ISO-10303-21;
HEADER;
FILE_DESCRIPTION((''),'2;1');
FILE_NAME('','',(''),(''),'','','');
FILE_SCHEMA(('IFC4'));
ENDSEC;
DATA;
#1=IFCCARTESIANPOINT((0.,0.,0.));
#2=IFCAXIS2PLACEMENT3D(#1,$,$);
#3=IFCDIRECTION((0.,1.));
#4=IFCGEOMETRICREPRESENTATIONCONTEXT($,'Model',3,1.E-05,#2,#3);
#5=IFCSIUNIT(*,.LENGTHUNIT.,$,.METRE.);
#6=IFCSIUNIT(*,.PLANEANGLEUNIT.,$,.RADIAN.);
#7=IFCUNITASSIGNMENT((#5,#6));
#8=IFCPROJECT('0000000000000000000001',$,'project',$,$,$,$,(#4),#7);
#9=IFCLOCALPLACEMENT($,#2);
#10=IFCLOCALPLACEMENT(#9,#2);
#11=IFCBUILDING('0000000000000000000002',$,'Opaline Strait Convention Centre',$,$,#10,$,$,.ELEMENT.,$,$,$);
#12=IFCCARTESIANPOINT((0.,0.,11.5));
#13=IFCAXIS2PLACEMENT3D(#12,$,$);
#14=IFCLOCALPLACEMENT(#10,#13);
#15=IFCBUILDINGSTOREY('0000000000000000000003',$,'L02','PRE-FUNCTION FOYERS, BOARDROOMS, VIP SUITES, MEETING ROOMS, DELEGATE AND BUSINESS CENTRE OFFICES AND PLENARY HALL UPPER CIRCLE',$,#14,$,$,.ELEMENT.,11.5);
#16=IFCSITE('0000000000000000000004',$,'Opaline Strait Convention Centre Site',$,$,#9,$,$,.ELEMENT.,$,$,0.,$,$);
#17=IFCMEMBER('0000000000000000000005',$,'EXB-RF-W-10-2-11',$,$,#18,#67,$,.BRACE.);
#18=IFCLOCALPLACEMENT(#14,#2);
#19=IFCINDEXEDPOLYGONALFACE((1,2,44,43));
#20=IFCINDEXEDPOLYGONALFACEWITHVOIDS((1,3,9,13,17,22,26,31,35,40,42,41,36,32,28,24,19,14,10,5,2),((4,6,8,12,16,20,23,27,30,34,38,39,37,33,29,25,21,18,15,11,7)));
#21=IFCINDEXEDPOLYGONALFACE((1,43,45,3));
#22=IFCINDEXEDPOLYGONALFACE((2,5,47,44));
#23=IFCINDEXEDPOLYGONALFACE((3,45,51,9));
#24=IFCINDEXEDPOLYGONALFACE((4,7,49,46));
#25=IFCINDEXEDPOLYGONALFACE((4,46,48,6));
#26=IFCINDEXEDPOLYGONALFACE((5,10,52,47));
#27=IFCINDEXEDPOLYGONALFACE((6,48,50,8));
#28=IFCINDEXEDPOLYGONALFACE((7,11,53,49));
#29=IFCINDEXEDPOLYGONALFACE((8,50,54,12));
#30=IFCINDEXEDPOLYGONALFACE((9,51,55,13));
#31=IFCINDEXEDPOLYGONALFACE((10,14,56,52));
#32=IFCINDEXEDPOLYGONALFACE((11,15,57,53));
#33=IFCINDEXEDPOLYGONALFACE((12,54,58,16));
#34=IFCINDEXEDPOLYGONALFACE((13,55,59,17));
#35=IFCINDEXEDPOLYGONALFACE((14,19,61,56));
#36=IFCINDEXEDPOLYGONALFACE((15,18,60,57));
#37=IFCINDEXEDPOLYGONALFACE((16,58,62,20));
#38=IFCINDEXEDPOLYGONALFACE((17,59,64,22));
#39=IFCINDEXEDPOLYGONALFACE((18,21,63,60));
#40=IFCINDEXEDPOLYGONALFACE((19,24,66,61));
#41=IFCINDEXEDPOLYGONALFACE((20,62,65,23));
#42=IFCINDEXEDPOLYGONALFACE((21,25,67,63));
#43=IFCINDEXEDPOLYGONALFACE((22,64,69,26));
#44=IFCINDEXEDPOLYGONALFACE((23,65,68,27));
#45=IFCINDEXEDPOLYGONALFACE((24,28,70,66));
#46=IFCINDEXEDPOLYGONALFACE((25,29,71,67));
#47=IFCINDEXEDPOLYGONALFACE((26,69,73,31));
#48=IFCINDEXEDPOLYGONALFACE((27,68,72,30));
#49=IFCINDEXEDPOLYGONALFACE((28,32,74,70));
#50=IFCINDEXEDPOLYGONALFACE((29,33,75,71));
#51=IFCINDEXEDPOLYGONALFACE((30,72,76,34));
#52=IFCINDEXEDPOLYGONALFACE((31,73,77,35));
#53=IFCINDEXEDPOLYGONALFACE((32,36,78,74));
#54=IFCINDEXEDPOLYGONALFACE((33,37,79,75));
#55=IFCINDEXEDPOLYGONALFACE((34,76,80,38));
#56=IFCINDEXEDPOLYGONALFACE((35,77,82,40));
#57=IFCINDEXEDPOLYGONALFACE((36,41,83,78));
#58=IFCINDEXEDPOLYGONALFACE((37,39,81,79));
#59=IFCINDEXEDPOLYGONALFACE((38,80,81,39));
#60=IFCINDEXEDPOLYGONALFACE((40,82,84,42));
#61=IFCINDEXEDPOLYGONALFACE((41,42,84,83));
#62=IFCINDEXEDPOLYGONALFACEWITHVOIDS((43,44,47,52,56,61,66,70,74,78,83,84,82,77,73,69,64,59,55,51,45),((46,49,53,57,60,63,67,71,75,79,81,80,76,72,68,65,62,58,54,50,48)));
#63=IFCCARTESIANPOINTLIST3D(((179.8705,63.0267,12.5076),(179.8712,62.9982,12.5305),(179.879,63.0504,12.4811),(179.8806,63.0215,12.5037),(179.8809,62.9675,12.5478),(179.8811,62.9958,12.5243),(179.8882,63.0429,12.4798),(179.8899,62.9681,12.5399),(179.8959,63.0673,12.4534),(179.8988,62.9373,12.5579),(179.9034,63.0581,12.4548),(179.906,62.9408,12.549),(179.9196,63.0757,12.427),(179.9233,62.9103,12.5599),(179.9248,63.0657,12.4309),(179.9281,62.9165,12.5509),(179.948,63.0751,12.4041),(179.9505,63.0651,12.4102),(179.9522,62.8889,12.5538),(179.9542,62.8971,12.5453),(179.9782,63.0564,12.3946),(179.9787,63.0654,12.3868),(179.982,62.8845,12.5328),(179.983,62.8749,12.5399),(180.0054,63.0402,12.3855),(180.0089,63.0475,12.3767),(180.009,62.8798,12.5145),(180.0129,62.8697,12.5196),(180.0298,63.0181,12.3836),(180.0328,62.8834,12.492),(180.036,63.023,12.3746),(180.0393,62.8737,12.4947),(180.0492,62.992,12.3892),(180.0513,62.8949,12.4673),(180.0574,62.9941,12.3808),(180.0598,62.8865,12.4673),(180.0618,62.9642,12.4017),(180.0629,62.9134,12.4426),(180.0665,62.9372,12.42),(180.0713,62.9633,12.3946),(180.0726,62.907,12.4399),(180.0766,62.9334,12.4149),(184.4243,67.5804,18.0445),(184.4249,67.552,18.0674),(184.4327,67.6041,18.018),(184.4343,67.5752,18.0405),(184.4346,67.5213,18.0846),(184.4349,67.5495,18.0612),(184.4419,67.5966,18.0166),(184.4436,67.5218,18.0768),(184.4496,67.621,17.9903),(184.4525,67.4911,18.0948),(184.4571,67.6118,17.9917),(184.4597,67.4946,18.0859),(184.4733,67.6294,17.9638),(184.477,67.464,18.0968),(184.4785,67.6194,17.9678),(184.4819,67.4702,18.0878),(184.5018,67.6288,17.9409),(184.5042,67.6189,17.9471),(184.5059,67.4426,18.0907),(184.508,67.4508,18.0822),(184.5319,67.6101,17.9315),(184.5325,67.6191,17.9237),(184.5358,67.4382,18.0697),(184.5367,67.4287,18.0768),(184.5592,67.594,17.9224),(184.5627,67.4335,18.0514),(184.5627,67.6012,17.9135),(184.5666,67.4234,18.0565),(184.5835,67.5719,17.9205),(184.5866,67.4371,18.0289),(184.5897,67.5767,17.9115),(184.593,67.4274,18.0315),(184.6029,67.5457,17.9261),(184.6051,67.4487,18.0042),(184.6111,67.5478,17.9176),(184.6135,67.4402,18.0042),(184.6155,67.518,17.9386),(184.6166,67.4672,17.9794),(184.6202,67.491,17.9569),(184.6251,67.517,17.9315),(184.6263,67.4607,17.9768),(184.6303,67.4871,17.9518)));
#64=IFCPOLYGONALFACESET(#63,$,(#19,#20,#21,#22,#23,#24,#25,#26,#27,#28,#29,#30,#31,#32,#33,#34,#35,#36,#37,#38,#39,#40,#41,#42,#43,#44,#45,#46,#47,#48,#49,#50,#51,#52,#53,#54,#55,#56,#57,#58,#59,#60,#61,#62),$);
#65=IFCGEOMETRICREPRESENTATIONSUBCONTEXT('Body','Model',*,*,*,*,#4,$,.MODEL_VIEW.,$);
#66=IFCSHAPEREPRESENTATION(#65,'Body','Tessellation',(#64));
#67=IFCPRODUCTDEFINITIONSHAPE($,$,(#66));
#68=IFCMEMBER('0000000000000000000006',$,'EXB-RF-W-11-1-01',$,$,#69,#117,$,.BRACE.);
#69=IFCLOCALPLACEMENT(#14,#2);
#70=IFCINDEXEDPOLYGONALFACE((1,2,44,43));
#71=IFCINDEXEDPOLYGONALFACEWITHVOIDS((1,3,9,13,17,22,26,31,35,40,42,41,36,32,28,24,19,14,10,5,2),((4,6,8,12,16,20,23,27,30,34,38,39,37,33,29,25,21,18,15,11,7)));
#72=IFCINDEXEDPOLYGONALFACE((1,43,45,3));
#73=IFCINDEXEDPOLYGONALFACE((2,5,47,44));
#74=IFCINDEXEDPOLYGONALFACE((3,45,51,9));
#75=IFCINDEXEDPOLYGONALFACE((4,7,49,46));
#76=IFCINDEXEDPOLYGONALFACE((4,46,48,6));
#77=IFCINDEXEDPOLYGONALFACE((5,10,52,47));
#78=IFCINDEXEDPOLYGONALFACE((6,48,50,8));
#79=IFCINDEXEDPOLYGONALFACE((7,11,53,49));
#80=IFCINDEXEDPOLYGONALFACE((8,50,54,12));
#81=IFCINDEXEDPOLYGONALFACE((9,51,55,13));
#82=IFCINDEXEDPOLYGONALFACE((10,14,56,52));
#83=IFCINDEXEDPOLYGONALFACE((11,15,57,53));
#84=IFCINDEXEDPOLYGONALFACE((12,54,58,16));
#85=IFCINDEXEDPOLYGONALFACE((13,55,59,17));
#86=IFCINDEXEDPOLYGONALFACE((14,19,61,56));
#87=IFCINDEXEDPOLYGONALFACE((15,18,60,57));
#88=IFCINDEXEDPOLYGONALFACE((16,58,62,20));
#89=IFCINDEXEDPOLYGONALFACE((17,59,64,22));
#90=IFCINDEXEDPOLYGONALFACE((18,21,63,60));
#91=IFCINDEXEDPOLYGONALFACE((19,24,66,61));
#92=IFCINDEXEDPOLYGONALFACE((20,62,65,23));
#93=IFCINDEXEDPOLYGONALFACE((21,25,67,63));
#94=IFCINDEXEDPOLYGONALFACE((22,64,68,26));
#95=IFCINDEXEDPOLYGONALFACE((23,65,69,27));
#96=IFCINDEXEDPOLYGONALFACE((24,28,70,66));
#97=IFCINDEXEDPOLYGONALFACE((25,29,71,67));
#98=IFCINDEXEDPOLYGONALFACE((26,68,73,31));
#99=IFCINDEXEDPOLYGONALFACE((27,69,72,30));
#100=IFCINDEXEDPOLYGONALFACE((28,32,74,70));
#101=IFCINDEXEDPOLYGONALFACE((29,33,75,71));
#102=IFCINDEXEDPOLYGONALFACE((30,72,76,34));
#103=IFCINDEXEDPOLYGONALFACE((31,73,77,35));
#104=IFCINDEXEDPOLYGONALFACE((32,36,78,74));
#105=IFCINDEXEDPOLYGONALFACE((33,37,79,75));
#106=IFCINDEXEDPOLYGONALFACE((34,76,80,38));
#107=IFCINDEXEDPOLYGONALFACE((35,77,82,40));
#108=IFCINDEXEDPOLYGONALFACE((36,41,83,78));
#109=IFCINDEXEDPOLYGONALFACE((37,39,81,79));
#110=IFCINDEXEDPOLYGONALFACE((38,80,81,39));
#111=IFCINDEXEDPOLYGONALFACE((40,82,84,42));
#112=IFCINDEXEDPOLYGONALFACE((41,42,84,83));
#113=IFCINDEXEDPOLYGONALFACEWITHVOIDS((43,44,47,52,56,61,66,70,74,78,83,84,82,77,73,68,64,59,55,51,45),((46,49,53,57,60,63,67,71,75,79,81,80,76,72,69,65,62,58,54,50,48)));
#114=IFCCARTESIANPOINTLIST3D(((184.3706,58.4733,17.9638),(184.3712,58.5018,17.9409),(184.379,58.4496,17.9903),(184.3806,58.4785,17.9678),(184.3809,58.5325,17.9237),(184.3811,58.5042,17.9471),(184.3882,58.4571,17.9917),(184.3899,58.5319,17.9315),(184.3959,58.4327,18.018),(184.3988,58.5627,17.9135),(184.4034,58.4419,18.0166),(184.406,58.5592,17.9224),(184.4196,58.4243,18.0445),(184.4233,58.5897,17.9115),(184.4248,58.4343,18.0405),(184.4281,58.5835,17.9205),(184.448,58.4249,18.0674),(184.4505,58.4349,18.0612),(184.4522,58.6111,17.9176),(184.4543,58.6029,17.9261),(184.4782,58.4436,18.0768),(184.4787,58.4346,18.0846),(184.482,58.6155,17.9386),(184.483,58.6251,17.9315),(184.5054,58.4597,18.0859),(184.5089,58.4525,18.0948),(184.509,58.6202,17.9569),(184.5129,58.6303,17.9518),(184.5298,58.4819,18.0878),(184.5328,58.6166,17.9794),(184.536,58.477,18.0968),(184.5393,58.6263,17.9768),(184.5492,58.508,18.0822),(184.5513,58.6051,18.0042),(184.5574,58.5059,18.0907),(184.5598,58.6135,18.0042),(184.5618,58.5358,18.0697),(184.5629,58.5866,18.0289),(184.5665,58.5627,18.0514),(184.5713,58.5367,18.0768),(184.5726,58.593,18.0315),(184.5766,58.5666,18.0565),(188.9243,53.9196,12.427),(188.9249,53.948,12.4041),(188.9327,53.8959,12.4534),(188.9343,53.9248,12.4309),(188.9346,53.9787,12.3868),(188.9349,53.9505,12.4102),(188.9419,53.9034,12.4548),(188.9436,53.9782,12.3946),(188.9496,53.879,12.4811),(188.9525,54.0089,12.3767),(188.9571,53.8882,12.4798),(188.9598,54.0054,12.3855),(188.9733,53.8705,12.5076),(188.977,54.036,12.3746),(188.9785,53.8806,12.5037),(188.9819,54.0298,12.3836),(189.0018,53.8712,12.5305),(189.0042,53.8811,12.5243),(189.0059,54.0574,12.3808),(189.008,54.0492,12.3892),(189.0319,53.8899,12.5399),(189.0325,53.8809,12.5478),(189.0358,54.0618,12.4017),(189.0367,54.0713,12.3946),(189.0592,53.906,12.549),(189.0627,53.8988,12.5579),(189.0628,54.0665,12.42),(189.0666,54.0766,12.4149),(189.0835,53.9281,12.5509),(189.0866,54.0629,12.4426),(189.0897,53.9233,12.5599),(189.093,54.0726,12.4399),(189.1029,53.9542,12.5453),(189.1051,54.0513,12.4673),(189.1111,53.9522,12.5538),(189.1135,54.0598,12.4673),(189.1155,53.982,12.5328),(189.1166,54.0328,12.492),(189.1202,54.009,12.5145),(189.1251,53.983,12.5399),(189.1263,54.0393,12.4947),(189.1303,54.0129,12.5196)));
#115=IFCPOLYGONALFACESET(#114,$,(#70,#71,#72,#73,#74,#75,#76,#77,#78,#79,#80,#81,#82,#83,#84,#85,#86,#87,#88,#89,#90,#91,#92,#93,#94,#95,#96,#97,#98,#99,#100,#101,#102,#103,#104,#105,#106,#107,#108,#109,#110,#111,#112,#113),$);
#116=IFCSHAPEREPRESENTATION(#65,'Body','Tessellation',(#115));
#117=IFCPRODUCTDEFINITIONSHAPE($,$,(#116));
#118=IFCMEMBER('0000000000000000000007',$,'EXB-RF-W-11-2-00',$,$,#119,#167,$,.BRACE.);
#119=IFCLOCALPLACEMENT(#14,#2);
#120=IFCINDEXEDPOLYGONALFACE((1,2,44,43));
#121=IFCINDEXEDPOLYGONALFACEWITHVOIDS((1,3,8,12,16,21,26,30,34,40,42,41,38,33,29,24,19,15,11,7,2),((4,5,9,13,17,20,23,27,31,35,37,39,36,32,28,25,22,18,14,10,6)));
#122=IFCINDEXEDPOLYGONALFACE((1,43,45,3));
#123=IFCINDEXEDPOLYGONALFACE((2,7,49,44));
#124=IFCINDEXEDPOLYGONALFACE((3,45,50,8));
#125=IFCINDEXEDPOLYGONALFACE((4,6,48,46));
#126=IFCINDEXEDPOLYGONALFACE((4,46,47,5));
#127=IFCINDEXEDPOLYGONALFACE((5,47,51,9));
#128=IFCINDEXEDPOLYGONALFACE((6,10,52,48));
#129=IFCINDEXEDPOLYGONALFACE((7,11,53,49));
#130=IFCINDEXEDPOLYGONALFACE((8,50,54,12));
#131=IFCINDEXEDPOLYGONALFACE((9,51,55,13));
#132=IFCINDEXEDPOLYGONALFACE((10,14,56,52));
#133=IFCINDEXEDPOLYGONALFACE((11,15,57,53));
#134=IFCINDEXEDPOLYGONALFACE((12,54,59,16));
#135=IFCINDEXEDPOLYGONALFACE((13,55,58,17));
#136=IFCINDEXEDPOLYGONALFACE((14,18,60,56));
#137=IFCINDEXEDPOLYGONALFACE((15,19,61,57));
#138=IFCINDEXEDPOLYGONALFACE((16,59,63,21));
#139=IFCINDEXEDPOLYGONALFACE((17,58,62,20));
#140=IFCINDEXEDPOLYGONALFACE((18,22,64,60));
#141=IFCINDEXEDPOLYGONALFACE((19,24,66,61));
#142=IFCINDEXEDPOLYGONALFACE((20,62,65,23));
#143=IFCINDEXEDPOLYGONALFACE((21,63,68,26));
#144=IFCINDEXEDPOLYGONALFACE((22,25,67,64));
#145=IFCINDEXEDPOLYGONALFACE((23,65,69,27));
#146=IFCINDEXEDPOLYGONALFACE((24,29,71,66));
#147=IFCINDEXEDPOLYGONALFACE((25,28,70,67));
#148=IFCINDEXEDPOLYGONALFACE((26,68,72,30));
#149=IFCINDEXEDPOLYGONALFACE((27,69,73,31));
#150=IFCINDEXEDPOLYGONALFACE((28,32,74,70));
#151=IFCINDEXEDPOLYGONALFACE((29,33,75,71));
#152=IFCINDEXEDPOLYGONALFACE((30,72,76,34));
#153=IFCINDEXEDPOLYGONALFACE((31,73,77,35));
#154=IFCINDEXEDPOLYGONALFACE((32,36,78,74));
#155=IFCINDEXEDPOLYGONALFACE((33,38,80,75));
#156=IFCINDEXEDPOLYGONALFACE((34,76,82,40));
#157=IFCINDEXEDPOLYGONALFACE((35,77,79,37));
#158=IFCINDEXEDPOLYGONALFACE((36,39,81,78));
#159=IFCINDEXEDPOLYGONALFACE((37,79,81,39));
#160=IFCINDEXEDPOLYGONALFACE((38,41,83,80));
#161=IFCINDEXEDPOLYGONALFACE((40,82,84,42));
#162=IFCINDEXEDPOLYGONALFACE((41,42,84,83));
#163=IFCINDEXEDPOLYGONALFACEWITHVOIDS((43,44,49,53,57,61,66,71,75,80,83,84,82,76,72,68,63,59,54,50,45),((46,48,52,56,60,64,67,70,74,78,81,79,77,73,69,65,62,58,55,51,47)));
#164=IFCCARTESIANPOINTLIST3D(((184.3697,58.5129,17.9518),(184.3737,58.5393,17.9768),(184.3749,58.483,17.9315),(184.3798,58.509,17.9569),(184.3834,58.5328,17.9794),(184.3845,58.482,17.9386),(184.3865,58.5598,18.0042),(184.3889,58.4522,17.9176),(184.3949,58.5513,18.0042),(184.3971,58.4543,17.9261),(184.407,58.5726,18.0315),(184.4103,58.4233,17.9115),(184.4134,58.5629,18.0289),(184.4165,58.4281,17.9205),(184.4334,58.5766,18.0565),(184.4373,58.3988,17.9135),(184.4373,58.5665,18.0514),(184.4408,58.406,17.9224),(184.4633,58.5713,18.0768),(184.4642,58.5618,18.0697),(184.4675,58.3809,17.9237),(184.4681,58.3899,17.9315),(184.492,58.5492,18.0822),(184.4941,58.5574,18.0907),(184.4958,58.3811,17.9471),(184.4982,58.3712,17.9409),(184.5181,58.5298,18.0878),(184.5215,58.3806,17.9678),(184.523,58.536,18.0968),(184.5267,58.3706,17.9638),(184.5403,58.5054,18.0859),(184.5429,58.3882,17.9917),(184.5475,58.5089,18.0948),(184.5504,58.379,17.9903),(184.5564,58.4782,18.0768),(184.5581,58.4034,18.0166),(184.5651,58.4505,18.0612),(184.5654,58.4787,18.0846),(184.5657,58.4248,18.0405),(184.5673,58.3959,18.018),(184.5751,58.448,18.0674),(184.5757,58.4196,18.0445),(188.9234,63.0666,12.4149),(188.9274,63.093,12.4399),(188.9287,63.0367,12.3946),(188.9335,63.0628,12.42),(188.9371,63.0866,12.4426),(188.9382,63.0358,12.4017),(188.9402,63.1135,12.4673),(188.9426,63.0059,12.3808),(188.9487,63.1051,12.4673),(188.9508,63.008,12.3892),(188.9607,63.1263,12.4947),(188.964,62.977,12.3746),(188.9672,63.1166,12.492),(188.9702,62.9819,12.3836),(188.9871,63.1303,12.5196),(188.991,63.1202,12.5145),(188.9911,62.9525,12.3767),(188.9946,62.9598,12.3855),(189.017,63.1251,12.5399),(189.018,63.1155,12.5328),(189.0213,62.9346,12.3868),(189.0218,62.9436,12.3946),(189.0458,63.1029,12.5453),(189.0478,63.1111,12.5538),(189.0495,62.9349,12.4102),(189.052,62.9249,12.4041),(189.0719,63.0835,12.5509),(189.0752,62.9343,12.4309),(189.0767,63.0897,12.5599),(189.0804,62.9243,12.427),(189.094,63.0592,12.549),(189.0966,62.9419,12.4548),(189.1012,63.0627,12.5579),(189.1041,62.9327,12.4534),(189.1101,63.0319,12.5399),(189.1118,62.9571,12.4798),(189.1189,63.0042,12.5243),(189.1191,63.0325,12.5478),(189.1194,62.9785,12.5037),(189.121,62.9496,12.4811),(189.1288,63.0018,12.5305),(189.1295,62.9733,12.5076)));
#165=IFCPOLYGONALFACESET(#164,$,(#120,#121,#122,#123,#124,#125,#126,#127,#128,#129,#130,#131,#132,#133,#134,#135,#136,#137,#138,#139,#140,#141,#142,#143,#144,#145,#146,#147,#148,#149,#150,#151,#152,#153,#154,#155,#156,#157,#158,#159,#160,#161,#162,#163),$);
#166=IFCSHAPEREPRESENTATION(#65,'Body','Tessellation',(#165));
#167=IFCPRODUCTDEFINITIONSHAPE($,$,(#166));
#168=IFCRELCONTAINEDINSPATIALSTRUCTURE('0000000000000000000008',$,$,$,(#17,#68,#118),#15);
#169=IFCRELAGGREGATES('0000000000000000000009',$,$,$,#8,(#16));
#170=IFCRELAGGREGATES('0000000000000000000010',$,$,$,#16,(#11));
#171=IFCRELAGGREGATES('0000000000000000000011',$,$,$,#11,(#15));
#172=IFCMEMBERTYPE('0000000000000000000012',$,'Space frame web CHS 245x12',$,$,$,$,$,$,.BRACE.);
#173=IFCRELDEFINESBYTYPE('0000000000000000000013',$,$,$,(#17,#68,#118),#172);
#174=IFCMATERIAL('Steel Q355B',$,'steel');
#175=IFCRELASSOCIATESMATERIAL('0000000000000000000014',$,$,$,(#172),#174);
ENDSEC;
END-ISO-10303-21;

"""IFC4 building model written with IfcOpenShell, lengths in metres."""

from ifc_helpers import new_model, si_unit, direction, frame, origin, origin_2d, place, context, subcontext, project, spatial, hollow_circle, extrude, material, material_profile, profile_set, type_object, element, save


model = new_model("IFC4")

# Units and contexts
model_context = context("Model", 3, precision=1e-05, world=origin(), true_north=direction((0.0, 1.0)))
body_context = subcontext(model_context, "Body", "Model", "MODEL_VIEW")
ifc_project = project(units=[si_unit("LENGTHUNIT", "METRE"), si_unit("PLANEANGLEUNIT", "RADIAN")], contexts=[model_context])

# Site, building, storey
site_placement = place(None, origin())
site = spatial("IfcSite", under=ifc_project, at=site_placement, Name="Opaline Strait Convention Centre Site", CompositionType="ELEMENT", RefElevation=0.0)
building_placement = place(site_placement, origin())
building = spatial("IfcBuilding", under=site, at=building_placement, Name="Opaline Strait Convention Centre", CompositionType="ELEMENT")
storey_placement = place(building_placement, frame((0.0, 0.0, 11.5)))
storey = spatial("IfcBuildingStorey", under=building, at=storey_placement, Name="L02", Description="PRE-FUNCTION FOYERS, BOARDROOMS, VIP SUITES, MEETING ROOMS, DELEGATE AND BUSINESS CENTRE OFFICES AND PLENARY HALL UPPER CIRCLE", CompositionType="ELEMENT", Elevation=11.5)

# Members
ifc_material = material(Name="Steel Q355B", Category="steel")
ifc_material_profile_1 = material_profile(ifc_material, hollow_circle(Radius=0.1226, WallThickness=0.012, at=origin_2d()), Name="CHS 245x12")
ifc_profile_set_1 = profile_set([ifc_material_profile_1], Name="Steel Q355B")
member_type_1 = type_object("IfcMemberType", Name="Space frame web CHS 245x12", PredefinedType="BRACE", material=ifc_profile_set_1)
for number, where, z_axis, x_axis, name in (
    (1, (184.5269, 67.5269, 18.0042), (-0.536178, -0.536178, -0.65194), (0.707107, -0.707107, 0.0), "EXB-RF-W-10-2-11"),
    (2, (184.4731, 58.5269, 18.0042), (0.536178, -0.536178, -0.65194), (0.707107, 0.707107, 0.0), "EXB-RF-W-11-1-01"),
    (3, (184.4731, 58.4731, 18.0042), (0.536178, 0.536178, -0.65194), (-0.707107, 0.707107, 0.0), "EXB-RF-W-11-2-00"),
):
    element("IfcMember", number, at=place(storey_placement, frame(where, z_axis=z_axis, x_axis=x_axis)), inside=storey, type_object=member_type_1, Name=name, PredefinedType="BRACE", context=body_context, shape_type="SweptSolid", body=[
        extrude(hollow_circle(Radius=0.1226, WallThickness=0.012, at=origin_2d()), origin(), (0.0, 0.0, 1.0), 8.4929),
    ])

save(model, "model.ifc")
